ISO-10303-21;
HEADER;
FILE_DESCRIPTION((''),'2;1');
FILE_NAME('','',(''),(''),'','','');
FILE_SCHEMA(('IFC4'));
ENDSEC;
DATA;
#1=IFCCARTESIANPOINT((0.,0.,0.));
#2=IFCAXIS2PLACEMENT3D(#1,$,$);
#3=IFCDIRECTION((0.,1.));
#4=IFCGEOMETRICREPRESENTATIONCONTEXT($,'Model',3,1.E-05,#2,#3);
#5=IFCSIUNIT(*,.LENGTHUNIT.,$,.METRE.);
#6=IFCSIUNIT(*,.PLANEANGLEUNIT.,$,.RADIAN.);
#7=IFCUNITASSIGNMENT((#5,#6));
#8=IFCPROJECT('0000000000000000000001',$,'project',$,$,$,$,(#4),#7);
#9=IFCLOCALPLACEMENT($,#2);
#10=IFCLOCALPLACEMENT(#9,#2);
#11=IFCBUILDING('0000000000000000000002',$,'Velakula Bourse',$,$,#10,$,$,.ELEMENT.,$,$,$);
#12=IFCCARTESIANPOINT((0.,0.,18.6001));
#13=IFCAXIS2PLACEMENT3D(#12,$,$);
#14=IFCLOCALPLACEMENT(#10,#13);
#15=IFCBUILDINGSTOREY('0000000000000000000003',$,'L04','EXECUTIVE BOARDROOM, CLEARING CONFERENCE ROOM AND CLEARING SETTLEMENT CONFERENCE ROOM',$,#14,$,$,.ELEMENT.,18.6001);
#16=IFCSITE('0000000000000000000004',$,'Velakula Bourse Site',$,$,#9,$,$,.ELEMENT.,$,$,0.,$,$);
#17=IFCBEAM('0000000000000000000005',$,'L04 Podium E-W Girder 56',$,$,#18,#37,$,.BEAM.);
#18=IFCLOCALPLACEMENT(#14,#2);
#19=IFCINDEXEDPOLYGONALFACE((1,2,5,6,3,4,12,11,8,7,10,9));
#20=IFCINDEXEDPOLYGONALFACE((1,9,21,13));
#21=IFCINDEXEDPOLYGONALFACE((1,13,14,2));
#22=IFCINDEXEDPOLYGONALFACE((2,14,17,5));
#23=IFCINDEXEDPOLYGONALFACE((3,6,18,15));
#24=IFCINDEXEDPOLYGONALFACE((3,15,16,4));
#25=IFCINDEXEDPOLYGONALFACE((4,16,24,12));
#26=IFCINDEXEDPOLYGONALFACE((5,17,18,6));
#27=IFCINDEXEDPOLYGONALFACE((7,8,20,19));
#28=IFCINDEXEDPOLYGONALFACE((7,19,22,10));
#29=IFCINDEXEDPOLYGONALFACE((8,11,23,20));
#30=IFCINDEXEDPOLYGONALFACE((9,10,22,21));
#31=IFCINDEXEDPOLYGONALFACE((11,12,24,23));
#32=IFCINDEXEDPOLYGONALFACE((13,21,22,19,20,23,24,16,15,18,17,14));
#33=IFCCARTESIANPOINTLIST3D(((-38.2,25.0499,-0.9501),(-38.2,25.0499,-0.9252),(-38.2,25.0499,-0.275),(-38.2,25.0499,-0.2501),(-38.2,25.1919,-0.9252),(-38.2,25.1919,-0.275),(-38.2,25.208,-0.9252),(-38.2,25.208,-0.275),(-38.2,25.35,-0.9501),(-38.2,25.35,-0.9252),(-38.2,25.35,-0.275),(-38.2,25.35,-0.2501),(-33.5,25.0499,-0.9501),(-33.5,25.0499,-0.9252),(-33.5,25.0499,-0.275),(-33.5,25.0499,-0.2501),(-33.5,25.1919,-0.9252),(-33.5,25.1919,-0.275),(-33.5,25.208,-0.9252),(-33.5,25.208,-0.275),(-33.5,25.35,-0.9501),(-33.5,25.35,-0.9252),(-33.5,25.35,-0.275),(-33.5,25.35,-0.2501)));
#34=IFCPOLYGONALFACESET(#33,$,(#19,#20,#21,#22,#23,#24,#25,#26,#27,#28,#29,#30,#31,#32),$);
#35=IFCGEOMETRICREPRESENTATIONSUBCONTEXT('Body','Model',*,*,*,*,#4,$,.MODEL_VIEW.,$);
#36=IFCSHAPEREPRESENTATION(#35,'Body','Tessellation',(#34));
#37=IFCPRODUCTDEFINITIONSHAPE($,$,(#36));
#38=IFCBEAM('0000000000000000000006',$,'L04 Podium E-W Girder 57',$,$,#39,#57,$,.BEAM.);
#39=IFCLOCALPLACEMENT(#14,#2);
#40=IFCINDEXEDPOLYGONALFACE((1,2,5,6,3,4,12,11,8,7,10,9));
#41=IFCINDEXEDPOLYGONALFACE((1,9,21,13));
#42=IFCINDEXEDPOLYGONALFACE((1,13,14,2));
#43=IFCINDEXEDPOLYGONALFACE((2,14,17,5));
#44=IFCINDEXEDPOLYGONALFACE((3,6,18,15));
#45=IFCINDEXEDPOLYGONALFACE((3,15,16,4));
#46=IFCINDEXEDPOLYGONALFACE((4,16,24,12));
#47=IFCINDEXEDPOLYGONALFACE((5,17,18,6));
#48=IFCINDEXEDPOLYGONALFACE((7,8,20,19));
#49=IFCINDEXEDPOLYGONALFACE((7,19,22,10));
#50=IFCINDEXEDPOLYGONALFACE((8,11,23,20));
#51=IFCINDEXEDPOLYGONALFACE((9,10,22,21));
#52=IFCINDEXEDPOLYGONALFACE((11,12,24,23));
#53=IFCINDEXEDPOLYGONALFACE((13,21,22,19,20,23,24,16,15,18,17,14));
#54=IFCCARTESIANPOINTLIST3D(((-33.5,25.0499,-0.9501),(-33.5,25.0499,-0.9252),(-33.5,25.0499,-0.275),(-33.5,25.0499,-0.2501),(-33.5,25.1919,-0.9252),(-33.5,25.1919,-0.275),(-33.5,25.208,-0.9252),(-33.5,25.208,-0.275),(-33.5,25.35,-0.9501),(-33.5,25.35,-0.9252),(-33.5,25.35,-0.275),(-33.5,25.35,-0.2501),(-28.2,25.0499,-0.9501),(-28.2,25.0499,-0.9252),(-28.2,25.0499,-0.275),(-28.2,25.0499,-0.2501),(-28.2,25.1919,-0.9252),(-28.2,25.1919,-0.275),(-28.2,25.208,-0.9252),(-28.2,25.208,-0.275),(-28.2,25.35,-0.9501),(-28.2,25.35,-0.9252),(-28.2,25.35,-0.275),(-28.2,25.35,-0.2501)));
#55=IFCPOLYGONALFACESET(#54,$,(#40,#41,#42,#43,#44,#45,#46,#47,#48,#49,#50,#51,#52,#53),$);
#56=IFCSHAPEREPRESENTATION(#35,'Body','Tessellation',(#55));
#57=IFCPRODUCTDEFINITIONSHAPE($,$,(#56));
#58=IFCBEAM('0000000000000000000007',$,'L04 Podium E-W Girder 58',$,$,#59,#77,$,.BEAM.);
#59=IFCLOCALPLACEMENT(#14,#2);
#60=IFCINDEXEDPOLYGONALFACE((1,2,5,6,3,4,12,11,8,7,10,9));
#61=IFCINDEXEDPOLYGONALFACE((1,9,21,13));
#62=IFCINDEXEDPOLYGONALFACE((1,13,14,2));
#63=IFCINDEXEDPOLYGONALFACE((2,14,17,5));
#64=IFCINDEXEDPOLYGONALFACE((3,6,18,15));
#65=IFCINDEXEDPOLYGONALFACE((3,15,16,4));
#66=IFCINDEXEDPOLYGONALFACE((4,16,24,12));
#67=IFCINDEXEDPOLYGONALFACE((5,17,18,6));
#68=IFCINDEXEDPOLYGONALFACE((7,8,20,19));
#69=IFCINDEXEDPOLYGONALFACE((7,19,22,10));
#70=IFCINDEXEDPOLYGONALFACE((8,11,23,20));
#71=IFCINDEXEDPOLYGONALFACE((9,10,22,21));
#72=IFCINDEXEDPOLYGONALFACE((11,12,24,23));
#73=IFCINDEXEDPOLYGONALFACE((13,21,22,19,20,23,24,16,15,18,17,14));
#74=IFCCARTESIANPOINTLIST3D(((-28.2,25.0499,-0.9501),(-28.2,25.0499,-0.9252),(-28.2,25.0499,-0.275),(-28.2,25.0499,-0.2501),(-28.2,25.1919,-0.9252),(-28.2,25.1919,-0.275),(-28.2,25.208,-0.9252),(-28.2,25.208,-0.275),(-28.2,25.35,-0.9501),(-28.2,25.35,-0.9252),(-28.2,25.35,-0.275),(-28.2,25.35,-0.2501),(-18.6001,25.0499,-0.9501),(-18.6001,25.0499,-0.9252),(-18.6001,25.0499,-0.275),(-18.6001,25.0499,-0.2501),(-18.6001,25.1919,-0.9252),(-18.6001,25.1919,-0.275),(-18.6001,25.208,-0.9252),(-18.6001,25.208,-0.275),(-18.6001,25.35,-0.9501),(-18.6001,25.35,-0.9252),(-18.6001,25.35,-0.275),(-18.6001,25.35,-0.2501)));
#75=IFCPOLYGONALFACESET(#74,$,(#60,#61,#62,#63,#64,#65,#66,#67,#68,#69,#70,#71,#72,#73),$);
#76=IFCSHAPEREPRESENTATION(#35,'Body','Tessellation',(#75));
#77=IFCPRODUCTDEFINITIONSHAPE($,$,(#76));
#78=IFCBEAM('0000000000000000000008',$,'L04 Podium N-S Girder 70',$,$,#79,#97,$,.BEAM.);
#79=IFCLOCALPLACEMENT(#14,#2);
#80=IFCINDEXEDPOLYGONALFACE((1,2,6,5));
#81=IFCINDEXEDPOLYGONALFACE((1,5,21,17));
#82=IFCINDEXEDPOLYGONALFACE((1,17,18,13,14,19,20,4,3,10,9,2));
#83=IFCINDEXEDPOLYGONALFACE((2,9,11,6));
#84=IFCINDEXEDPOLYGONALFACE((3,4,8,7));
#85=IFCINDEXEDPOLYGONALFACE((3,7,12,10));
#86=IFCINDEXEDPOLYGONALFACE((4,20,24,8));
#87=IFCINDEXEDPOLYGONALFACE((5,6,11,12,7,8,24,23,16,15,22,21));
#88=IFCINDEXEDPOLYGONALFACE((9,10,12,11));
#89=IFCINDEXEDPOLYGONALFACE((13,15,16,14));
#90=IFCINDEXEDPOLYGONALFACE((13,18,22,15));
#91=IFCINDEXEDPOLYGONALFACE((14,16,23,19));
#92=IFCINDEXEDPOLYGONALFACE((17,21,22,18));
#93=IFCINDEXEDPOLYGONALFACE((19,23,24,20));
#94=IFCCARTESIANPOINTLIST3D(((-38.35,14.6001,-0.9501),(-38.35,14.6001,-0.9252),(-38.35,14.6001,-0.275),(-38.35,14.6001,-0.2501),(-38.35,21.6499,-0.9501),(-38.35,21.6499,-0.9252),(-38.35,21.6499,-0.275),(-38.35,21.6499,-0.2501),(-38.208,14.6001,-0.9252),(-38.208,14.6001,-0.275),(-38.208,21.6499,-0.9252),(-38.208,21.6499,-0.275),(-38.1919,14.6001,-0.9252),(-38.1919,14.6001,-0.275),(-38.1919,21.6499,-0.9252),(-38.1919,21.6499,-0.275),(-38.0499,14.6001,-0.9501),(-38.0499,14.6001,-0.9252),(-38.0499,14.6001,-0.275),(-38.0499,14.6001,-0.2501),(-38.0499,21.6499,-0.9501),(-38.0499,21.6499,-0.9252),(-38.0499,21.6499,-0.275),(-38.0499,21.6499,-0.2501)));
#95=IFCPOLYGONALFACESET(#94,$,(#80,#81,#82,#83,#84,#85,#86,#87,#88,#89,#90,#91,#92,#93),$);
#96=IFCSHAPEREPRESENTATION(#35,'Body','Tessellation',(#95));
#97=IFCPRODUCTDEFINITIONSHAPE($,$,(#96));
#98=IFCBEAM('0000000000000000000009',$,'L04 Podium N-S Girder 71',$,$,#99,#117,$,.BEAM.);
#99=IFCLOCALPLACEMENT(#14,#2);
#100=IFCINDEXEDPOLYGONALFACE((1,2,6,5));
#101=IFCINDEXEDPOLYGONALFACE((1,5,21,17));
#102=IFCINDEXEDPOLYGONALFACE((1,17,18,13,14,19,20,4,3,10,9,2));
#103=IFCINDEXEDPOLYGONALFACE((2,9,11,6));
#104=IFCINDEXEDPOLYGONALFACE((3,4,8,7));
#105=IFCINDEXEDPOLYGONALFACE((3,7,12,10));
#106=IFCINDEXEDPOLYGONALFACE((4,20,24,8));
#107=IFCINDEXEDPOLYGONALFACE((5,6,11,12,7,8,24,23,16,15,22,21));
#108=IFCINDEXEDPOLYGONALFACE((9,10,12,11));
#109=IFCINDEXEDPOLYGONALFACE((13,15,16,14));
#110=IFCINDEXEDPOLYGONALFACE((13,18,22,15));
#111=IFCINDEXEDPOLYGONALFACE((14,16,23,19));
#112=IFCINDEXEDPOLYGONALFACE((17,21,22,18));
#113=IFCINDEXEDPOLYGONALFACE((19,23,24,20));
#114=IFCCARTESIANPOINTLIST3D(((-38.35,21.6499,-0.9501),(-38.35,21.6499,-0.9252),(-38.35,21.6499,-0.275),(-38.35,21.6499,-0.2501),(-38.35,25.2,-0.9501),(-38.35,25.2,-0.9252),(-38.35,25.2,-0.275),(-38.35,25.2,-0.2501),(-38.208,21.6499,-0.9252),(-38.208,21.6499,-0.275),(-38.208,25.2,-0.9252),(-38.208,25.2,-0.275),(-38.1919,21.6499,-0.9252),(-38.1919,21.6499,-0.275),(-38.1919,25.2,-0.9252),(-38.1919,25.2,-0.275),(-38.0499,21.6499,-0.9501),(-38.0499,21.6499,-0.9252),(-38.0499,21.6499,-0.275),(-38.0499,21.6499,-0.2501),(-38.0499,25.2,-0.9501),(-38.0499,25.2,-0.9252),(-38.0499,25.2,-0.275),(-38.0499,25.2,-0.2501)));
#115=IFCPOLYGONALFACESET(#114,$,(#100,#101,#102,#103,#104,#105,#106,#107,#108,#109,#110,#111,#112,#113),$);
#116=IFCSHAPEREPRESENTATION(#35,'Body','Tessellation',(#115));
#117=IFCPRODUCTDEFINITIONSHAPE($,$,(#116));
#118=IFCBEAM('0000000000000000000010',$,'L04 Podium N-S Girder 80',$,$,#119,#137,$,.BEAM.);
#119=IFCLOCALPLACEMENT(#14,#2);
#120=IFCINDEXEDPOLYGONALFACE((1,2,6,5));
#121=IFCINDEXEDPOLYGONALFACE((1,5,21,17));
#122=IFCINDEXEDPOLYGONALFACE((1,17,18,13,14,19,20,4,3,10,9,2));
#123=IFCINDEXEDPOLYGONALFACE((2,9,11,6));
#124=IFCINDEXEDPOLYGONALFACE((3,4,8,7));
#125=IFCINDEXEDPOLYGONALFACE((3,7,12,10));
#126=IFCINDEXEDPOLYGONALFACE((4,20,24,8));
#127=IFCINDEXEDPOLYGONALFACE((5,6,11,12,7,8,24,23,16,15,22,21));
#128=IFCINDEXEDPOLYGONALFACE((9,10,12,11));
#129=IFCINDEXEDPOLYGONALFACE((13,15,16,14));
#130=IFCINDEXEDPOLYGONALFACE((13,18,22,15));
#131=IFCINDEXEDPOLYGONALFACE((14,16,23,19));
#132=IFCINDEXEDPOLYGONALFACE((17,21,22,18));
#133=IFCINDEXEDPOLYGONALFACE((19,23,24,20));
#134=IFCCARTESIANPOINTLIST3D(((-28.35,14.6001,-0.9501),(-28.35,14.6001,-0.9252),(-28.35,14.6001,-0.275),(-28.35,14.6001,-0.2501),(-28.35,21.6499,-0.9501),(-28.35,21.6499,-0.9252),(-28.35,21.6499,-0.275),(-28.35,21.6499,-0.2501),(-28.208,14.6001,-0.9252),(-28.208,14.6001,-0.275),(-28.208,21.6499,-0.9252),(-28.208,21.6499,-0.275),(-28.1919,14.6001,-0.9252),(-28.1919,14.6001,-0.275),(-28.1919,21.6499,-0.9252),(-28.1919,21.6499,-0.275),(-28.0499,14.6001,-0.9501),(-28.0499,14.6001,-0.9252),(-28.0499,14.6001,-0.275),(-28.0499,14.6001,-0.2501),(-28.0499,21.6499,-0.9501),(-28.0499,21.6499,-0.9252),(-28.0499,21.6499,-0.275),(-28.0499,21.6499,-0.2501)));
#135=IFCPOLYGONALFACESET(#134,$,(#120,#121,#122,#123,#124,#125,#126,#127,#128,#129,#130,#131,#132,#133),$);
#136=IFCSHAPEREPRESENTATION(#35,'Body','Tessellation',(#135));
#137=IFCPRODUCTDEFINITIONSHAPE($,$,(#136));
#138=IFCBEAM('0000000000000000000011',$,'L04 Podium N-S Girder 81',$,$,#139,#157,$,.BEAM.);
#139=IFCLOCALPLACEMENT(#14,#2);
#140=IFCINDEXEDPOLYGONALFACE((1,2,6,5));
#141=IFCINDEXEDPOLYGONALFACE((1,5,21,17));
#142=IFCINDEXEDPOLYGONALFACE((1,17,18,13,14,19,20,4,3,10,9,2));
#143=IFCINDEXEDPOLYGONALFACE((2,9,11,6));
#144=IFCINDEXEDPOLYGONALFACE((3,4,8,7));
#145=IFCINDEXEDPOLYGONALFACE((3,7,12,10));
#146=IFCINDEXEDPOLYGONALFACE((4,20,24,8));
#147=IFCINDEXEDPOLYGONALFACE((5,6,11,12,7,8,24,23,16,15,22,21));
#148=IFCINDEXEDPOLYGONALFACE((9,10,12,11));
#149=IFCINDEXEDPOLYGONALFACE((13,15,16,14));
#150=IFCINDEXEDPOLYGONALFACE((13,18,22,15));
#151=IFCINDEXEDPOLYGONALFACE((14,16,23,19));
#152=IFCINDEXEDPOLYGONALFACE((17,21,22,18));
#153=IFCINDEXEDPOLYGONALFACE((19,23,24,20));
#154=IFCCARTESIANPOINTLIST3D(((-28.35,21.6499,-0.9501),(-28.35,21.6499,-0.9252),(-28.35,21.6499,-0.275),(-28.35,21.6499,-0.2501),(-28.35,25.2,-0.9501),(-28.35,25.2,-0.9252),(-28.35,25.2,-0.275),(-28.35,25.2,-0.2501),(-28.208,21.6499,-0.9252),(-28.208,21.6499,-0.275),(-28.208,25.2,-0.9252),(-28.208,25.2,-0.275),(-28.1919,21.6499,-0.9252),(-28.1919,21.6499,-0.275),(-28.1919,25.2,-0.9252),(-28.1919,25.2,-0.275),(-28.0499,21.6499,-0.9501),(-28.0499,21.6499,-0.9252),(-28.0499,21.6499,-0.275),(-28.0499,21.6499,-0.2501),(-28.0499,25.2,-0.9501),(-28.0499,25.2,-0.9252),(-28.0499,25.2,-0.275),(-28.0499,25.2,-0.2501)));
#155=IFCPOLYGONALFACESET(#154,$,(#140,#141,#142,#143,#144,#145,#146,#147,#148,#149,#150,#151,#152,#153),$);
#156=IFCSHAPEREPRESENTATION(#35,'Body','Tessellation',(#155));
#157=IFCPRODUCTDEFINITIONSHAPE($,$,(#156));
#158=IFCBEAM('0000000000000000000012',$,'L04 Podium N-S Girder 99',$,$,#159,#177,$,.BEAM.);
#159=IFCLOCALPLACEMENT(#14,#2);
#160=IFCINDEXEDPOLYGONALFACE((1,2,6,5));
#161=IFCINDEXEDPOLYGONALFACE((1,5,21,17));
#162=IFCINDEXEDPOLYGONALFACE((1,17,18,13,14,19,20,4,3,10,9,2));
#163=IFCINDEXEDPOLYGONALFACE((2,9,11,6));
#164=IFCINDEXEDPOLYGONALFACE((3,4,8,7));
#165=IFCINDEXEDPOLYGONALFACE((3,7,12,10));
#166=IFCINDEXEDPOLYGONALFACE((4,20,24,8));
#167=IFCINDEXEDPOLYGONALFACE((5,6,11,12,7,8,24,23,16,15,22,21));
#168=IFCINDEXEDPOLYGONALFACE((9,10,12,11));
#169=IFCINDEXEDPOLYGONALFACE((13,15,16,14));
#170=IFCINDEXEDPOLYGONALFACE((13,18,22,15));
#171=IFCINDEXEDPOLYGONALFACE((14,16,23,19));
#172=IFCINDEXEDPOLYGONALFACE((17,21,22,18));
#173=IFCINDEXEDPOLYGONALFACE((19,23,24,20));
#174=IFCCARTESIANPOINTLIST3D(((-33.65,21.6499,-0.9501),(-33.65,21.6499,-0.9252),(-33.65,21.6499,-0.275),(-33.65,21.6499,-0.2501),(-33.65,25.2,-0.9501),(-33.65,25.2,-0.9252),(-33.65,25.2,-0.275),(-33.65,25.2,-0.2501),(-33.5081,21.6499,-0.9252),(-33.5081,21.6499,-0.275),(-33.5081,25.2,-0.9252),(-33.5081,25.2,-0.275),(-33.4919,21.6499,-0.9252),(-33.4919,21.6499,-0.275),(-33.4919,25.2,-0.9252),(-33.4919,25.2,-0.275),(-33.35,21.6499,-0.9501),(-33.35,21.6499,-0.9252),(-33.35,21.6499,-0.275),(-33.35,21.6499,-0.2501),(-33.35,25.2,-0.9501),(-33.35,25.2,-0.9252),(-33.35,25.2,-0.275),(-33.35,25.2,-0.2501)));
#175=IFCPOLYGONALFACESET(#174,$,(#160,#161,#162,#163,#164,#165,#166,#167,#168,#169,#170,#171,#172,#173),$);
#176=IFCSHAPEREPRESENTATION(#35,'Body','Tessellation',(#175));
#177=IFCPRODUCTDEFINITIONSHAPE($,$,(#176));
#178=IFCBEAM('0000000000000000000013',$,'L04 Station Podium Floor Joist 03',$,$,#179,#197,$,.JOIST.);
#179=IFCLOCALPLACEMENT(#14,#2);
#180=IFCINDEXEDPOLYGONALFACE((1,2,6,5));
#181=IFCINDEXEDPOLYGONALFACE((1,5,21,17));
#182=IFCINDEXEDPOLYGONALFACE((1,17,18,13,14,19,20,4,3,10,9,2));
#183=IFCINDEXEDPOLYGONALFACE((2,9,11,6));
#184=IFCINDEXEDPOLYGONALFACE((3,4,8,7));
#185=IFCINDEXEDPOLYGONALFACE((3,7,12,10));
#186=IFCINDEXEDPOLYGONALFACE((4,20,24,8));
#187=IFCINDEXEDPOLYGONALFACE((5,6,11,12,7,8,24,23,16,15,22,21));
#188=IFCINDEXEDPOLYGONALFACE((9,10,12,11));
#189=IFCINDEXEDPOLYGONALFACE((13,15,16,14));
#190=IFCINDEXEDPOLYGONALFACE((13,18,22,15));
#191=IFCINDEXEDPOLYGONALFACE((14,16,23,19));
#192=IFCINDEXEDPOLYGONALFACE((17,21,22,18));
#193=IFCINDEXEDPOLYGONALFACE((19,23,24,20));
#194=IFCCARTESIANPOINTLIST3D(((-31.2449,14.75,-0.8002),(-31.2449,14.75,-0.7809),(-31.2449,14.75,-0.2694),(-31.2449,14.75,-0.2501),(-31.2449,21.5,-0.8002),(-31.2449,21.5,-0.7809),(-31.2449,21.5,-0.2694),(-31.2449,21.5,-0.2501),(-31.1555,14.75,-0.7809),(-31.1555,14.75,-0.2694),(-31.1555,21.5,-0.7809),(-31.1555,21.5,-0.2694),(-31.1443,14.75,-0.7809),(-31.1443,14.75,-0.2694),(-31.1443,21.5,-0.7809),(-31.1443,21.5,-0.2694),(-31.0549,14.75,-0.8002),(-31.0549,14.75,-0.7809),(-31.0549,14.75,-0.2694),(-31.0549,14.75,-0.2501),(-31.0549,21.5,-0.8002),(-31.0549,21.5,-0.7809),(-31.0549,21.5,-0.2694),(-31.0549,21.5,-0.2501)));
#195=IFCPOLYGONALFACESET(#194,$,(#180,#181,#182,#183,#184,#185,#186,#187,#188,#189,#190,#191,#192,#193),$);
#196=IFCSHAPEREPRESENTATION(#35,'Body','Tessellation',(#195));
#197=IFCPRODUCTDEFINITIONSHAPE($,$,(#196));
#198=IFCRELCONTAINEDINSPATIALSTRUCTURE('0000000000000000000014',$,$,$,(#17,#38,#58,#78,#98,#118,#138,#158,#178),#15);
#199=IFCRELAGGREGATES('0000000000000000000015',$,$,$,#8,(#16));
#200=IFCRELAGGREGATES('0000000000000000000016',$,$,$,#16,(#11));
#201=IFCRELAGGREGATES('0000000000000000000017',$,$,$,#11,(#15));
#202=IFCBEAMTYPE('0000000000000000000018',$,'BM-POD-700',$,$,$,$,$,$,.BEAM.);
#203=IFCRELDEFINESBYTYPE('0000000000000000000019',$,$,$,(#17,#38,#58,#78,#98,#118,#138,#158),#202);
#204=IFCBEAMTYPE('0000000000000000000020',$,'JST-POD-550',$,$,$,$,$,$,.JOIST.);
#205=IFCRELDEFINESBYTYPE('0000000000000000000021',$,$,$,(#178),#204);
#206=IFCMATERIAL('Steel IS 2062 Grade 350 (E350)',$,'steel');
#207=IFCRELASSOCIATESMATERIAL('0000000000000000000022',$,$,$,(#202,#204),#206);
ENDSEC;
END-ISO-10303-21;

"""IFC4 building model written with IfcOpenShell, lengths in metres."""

from ifc_helpers import new_model, si_unit, direction, frame, origin, origin_2d, place, context, subcontext, project, spatial, i_section, extrude, material, material_profile, profile_set, type_object, element, save


model = new_model("IFC4")

# Units and contexts
model_context = context("Model", 3, precision=1e-05, world=origin(), true_north=direction((0.0, 1.0)))
body_context = subcontext(model_context, "Body", "Model", "MODEL_VIEW")
ifc_project = project(units=[si_unit("LENGTHUNIT", "METRE"), si_unit("PLANEANGLEUNIT", "RADIAN")], contexts=[model_context])

# Site, building, storey
site_placement = place(None, origin())
site = spatial("IfcSite", under=ifc_project, at=site_placement, Name="Velakula Bourse Site", CompositionType="ELEMENT", RefElevation=0.0)
building_placement = place(site_placement, origin())
building = spatial("IfcBuilding", under=site, at=building_placement, Name="Velakula Bourse", CompositionType="ELEMENT")
storey_placement = place(building_placement, frame((0.0, 0.0, 18.6001)))
storey = spatial("IfcBuildingStorey", under=building, at=storey_placement, Name="L04", Description="EXECUTIVE BOARDROOM, CLEARING CONFERENCE ROOM AND CLEARING SETTLEMENT CONFERENCE ROOM", CompositionType="ELEMENT", Elevation=18.6001)

# Beams
ifc_material_1 = material(Name="Steel IS 2062 Grade 350 (E350)", Category="steel")
ifc_material_profile_1 = material_profile(ifc_material_1, i_section(OverallWidth=0.3, OverallDepth=0.7, WebThickness=0.0161, FlangeThickness=0.0249, at=origin_2d()), Name="Steel IS 2062 Grade 350 (E350)")
ifc_profile_set_1 = profile_set([ifc_material_profile_1], Name="Steel IS 2062 Grade 350 (E350)")
beam_type_1 = type_object("IfcBeamType", Name="BM-POD-700", PredefinedType="BEAM", material=ifc_profile_set_1)
beam_1_placement = place(storey_placement, frame((-38.2, 25.2, -0.6001), z_axis=(1.0, 0.0, 0.0), x_axis=(0.0, 1.0, 0.0)))
element("IfcBeam", 1, at=beam_1_placement, inside=storey, type_object=beam_type_1, Name="L04 Podium E-W Girder 56", PredefinedType="BEAM", context=body_context, shape_type="SweptSolid", body=[
    extrude(i_section(OverallWidth=0.3, OverallDepth=0.7, WebThickness=0.0161, FlangeThickness=0.0249, at=origin_2d()), origin(), (0.0, 0.0, 1.0), 4.7),
])
beam_2_placement = place(storey_placement, frame((-33.5, 25.2, -0.6001), z_axis=(1.0, 0.0, 0.0), x_axis=(0.0, 1.0, 0.0)))
element("IfcBeam", 2, at=beam_2_placement, inside=storey, type_object=beam_type_1, Name="L04 Podium E-W Girder 57", PredefinedType="BEAM", context=body_context, shape_type="SweptSolid", body=[
    extrude(i_section(OverallWidth=0.3, OverallDepth=0.7, WebThickness=0.0161, FlangeThickness=0.0249, at=origin_2d()), origin(), (0.0, 0.0, 1.0), 5.3),
])
beam_3_placement = place(storey_placement, frame((-28.2, 25.2, -0.6001), z_axis=(1.0, 0.0, 0.0), x_axis=(0.0, 1.0, 0.0)))
element("IfcBeam", 3, at=beam_3_placement, inside=storey, type_object=beam_type_1, Name="L04 Podium E-W Girder 58", PredefinedType="BEAM", context=body_context, shape_type="SweptSolid", body=[
    extrude(i_section(OverallWidth=0.3, OverallDepth=0.7, WebThickness=0.0161, FlangeThickness=0.0249, at=origin_2d()), origin(), (0.0, 0.0, 1.0), 9.5999),
])
beam_4_placement = place(storey_placement, frame((-38.2, 14.6001, -0.6001), z_axis=(0.0, 1.0, 0.0), x_axis=(-1.0, 0.0, 0.0)))
element("IfcBeam", 4, at=beam_4_placement, inside=storey, type_object=beam_type_1, Name="L04 Podium N-S Girder 70", PredefinedType="BEAM", context=body_context, shape_type="SweptSolid", body=[
    extrude(i_section(OverallWidth=0.3, OverallDepth=0.7, WebThickness=0.0161, FlangeThickness=0.0249, at=origin_2d()), origin(), (0.0, 0.0, 1.0), 7.0498),
])
beam_5_placement = place(storey_placement, frame((-38.2, 21.6499, -0.6001), z_axis=(0.0, 1.0, 0.0), x_axis=(-1.0, 0.0, 0.0)))
element("IfcBeam", 5, at=beam_5_placement, inside=storey, type_object=beam_type_1, Name="L04 Podium N-S Girder 71", PredefinedType="BEAM", context=body_context, shape_type="SweptSolid", body=[
    extrude(i_section(OverallWidth=0.3, OverallDepth=0.7, WebThickness=0.0161, FlangeThickness=0.0249, at=origin_2d()), origin(), (0.0, 0.0, 1.0), 3.55),
])
beam_6_placement = place(storey_placement, frame((-28.2, 14.6001, -0.6001), z_axis=(0.0, 1.0, 0.0), x_axis=(-1.0, 0.0, 0.0)))
element("IfcBeam", 6, at=beam_6_placement, inside=storey, type_object=beam_type_1, Name="L04 Podium N-S Girder 80", PredefinedType="BEAM", context=body_context, shape_type="SweptSolid", body=[
    extrude(i_section(OverallWidth=0.3, OverallDepth=0.7, WebThickness=0.0161, FlangeThickness=0.0249, at=origin_2d()), origin(), (0.0, 0.0, 1.0), 7.0498),
])
for number, where, z_axis, x_axis, name in (
    (7, (-28.2, 21.6499, -0.6001), (0.0, 1.0, 0.0), (-1.0, 0.0, 0.0), "L04 Podium N-S Girder 81"),
    (8, (-33.5, 21.6499, -0.6001), (0.0, 1.0, 0.0), (-1.0, 0.0, 0.0), "L04 Podium N-S Girder 99"),
):
    element("IfcBeam", number, at=place(storey_placement, frame(where, z_axis=z_axis, x_axis=x_axis)), inside=storey, type_object=beam_type_1, Name=name, PredefinedType="BEAM", context=body_context, shape_type="SweptSolid", body=[
        extrude(i_section(OverallWidth=0.3, OverallDepth=0.7, WebThickness=0.0161, FlangeThickness=0.0249, at=origin_2d()), origin(), (0.0, 0.0, 1.0), 3.55),
    ])
ifc_material_profile_2 = material_profile(ifc_material_1, i_section(OverallWidth=0.1899, OverallDepth=0.55, WebThickness=0.0112, FlangeThickness=0.0193, at=origin_2d()), Name="Steel IS 2062 Grade 350 (E350)")
ifc_profile_set_2 = profile_set([ifc_material_profile_2], Name="Steel IS 2062 Grade 350 (E350)")
beam_type_2 = type_object("IfcBeamType", Name="JST-POD-550", PredefinedType="JOIST", material=ifc_profile_set_2)
beam_7_placement = place(storey_placement, frame((-31.1499, 14.75, -0.5251), z_axis=(0.0, 1.0, 0.0), x_axis=(-1.0, 0.0, 0.0)))
element("IfcBeam", 9, at=beam_7_placement, inside=storey, type_object=beam_type_2, Name="L04 Station Podium Floor Joist 03", PredefinedType="JOIST", context=body_context, shape_type="SweptSolid", body=[
    extrude(i_section(OverallWidth=0.1899, OverallDepth=0.55, WebThickness=0.0112, FlangeThickness=0.0193, at=origin_2d()), origin(), (0.0, 0.0, 1.0), 6.75),
])

save(model, "model.ifc")
